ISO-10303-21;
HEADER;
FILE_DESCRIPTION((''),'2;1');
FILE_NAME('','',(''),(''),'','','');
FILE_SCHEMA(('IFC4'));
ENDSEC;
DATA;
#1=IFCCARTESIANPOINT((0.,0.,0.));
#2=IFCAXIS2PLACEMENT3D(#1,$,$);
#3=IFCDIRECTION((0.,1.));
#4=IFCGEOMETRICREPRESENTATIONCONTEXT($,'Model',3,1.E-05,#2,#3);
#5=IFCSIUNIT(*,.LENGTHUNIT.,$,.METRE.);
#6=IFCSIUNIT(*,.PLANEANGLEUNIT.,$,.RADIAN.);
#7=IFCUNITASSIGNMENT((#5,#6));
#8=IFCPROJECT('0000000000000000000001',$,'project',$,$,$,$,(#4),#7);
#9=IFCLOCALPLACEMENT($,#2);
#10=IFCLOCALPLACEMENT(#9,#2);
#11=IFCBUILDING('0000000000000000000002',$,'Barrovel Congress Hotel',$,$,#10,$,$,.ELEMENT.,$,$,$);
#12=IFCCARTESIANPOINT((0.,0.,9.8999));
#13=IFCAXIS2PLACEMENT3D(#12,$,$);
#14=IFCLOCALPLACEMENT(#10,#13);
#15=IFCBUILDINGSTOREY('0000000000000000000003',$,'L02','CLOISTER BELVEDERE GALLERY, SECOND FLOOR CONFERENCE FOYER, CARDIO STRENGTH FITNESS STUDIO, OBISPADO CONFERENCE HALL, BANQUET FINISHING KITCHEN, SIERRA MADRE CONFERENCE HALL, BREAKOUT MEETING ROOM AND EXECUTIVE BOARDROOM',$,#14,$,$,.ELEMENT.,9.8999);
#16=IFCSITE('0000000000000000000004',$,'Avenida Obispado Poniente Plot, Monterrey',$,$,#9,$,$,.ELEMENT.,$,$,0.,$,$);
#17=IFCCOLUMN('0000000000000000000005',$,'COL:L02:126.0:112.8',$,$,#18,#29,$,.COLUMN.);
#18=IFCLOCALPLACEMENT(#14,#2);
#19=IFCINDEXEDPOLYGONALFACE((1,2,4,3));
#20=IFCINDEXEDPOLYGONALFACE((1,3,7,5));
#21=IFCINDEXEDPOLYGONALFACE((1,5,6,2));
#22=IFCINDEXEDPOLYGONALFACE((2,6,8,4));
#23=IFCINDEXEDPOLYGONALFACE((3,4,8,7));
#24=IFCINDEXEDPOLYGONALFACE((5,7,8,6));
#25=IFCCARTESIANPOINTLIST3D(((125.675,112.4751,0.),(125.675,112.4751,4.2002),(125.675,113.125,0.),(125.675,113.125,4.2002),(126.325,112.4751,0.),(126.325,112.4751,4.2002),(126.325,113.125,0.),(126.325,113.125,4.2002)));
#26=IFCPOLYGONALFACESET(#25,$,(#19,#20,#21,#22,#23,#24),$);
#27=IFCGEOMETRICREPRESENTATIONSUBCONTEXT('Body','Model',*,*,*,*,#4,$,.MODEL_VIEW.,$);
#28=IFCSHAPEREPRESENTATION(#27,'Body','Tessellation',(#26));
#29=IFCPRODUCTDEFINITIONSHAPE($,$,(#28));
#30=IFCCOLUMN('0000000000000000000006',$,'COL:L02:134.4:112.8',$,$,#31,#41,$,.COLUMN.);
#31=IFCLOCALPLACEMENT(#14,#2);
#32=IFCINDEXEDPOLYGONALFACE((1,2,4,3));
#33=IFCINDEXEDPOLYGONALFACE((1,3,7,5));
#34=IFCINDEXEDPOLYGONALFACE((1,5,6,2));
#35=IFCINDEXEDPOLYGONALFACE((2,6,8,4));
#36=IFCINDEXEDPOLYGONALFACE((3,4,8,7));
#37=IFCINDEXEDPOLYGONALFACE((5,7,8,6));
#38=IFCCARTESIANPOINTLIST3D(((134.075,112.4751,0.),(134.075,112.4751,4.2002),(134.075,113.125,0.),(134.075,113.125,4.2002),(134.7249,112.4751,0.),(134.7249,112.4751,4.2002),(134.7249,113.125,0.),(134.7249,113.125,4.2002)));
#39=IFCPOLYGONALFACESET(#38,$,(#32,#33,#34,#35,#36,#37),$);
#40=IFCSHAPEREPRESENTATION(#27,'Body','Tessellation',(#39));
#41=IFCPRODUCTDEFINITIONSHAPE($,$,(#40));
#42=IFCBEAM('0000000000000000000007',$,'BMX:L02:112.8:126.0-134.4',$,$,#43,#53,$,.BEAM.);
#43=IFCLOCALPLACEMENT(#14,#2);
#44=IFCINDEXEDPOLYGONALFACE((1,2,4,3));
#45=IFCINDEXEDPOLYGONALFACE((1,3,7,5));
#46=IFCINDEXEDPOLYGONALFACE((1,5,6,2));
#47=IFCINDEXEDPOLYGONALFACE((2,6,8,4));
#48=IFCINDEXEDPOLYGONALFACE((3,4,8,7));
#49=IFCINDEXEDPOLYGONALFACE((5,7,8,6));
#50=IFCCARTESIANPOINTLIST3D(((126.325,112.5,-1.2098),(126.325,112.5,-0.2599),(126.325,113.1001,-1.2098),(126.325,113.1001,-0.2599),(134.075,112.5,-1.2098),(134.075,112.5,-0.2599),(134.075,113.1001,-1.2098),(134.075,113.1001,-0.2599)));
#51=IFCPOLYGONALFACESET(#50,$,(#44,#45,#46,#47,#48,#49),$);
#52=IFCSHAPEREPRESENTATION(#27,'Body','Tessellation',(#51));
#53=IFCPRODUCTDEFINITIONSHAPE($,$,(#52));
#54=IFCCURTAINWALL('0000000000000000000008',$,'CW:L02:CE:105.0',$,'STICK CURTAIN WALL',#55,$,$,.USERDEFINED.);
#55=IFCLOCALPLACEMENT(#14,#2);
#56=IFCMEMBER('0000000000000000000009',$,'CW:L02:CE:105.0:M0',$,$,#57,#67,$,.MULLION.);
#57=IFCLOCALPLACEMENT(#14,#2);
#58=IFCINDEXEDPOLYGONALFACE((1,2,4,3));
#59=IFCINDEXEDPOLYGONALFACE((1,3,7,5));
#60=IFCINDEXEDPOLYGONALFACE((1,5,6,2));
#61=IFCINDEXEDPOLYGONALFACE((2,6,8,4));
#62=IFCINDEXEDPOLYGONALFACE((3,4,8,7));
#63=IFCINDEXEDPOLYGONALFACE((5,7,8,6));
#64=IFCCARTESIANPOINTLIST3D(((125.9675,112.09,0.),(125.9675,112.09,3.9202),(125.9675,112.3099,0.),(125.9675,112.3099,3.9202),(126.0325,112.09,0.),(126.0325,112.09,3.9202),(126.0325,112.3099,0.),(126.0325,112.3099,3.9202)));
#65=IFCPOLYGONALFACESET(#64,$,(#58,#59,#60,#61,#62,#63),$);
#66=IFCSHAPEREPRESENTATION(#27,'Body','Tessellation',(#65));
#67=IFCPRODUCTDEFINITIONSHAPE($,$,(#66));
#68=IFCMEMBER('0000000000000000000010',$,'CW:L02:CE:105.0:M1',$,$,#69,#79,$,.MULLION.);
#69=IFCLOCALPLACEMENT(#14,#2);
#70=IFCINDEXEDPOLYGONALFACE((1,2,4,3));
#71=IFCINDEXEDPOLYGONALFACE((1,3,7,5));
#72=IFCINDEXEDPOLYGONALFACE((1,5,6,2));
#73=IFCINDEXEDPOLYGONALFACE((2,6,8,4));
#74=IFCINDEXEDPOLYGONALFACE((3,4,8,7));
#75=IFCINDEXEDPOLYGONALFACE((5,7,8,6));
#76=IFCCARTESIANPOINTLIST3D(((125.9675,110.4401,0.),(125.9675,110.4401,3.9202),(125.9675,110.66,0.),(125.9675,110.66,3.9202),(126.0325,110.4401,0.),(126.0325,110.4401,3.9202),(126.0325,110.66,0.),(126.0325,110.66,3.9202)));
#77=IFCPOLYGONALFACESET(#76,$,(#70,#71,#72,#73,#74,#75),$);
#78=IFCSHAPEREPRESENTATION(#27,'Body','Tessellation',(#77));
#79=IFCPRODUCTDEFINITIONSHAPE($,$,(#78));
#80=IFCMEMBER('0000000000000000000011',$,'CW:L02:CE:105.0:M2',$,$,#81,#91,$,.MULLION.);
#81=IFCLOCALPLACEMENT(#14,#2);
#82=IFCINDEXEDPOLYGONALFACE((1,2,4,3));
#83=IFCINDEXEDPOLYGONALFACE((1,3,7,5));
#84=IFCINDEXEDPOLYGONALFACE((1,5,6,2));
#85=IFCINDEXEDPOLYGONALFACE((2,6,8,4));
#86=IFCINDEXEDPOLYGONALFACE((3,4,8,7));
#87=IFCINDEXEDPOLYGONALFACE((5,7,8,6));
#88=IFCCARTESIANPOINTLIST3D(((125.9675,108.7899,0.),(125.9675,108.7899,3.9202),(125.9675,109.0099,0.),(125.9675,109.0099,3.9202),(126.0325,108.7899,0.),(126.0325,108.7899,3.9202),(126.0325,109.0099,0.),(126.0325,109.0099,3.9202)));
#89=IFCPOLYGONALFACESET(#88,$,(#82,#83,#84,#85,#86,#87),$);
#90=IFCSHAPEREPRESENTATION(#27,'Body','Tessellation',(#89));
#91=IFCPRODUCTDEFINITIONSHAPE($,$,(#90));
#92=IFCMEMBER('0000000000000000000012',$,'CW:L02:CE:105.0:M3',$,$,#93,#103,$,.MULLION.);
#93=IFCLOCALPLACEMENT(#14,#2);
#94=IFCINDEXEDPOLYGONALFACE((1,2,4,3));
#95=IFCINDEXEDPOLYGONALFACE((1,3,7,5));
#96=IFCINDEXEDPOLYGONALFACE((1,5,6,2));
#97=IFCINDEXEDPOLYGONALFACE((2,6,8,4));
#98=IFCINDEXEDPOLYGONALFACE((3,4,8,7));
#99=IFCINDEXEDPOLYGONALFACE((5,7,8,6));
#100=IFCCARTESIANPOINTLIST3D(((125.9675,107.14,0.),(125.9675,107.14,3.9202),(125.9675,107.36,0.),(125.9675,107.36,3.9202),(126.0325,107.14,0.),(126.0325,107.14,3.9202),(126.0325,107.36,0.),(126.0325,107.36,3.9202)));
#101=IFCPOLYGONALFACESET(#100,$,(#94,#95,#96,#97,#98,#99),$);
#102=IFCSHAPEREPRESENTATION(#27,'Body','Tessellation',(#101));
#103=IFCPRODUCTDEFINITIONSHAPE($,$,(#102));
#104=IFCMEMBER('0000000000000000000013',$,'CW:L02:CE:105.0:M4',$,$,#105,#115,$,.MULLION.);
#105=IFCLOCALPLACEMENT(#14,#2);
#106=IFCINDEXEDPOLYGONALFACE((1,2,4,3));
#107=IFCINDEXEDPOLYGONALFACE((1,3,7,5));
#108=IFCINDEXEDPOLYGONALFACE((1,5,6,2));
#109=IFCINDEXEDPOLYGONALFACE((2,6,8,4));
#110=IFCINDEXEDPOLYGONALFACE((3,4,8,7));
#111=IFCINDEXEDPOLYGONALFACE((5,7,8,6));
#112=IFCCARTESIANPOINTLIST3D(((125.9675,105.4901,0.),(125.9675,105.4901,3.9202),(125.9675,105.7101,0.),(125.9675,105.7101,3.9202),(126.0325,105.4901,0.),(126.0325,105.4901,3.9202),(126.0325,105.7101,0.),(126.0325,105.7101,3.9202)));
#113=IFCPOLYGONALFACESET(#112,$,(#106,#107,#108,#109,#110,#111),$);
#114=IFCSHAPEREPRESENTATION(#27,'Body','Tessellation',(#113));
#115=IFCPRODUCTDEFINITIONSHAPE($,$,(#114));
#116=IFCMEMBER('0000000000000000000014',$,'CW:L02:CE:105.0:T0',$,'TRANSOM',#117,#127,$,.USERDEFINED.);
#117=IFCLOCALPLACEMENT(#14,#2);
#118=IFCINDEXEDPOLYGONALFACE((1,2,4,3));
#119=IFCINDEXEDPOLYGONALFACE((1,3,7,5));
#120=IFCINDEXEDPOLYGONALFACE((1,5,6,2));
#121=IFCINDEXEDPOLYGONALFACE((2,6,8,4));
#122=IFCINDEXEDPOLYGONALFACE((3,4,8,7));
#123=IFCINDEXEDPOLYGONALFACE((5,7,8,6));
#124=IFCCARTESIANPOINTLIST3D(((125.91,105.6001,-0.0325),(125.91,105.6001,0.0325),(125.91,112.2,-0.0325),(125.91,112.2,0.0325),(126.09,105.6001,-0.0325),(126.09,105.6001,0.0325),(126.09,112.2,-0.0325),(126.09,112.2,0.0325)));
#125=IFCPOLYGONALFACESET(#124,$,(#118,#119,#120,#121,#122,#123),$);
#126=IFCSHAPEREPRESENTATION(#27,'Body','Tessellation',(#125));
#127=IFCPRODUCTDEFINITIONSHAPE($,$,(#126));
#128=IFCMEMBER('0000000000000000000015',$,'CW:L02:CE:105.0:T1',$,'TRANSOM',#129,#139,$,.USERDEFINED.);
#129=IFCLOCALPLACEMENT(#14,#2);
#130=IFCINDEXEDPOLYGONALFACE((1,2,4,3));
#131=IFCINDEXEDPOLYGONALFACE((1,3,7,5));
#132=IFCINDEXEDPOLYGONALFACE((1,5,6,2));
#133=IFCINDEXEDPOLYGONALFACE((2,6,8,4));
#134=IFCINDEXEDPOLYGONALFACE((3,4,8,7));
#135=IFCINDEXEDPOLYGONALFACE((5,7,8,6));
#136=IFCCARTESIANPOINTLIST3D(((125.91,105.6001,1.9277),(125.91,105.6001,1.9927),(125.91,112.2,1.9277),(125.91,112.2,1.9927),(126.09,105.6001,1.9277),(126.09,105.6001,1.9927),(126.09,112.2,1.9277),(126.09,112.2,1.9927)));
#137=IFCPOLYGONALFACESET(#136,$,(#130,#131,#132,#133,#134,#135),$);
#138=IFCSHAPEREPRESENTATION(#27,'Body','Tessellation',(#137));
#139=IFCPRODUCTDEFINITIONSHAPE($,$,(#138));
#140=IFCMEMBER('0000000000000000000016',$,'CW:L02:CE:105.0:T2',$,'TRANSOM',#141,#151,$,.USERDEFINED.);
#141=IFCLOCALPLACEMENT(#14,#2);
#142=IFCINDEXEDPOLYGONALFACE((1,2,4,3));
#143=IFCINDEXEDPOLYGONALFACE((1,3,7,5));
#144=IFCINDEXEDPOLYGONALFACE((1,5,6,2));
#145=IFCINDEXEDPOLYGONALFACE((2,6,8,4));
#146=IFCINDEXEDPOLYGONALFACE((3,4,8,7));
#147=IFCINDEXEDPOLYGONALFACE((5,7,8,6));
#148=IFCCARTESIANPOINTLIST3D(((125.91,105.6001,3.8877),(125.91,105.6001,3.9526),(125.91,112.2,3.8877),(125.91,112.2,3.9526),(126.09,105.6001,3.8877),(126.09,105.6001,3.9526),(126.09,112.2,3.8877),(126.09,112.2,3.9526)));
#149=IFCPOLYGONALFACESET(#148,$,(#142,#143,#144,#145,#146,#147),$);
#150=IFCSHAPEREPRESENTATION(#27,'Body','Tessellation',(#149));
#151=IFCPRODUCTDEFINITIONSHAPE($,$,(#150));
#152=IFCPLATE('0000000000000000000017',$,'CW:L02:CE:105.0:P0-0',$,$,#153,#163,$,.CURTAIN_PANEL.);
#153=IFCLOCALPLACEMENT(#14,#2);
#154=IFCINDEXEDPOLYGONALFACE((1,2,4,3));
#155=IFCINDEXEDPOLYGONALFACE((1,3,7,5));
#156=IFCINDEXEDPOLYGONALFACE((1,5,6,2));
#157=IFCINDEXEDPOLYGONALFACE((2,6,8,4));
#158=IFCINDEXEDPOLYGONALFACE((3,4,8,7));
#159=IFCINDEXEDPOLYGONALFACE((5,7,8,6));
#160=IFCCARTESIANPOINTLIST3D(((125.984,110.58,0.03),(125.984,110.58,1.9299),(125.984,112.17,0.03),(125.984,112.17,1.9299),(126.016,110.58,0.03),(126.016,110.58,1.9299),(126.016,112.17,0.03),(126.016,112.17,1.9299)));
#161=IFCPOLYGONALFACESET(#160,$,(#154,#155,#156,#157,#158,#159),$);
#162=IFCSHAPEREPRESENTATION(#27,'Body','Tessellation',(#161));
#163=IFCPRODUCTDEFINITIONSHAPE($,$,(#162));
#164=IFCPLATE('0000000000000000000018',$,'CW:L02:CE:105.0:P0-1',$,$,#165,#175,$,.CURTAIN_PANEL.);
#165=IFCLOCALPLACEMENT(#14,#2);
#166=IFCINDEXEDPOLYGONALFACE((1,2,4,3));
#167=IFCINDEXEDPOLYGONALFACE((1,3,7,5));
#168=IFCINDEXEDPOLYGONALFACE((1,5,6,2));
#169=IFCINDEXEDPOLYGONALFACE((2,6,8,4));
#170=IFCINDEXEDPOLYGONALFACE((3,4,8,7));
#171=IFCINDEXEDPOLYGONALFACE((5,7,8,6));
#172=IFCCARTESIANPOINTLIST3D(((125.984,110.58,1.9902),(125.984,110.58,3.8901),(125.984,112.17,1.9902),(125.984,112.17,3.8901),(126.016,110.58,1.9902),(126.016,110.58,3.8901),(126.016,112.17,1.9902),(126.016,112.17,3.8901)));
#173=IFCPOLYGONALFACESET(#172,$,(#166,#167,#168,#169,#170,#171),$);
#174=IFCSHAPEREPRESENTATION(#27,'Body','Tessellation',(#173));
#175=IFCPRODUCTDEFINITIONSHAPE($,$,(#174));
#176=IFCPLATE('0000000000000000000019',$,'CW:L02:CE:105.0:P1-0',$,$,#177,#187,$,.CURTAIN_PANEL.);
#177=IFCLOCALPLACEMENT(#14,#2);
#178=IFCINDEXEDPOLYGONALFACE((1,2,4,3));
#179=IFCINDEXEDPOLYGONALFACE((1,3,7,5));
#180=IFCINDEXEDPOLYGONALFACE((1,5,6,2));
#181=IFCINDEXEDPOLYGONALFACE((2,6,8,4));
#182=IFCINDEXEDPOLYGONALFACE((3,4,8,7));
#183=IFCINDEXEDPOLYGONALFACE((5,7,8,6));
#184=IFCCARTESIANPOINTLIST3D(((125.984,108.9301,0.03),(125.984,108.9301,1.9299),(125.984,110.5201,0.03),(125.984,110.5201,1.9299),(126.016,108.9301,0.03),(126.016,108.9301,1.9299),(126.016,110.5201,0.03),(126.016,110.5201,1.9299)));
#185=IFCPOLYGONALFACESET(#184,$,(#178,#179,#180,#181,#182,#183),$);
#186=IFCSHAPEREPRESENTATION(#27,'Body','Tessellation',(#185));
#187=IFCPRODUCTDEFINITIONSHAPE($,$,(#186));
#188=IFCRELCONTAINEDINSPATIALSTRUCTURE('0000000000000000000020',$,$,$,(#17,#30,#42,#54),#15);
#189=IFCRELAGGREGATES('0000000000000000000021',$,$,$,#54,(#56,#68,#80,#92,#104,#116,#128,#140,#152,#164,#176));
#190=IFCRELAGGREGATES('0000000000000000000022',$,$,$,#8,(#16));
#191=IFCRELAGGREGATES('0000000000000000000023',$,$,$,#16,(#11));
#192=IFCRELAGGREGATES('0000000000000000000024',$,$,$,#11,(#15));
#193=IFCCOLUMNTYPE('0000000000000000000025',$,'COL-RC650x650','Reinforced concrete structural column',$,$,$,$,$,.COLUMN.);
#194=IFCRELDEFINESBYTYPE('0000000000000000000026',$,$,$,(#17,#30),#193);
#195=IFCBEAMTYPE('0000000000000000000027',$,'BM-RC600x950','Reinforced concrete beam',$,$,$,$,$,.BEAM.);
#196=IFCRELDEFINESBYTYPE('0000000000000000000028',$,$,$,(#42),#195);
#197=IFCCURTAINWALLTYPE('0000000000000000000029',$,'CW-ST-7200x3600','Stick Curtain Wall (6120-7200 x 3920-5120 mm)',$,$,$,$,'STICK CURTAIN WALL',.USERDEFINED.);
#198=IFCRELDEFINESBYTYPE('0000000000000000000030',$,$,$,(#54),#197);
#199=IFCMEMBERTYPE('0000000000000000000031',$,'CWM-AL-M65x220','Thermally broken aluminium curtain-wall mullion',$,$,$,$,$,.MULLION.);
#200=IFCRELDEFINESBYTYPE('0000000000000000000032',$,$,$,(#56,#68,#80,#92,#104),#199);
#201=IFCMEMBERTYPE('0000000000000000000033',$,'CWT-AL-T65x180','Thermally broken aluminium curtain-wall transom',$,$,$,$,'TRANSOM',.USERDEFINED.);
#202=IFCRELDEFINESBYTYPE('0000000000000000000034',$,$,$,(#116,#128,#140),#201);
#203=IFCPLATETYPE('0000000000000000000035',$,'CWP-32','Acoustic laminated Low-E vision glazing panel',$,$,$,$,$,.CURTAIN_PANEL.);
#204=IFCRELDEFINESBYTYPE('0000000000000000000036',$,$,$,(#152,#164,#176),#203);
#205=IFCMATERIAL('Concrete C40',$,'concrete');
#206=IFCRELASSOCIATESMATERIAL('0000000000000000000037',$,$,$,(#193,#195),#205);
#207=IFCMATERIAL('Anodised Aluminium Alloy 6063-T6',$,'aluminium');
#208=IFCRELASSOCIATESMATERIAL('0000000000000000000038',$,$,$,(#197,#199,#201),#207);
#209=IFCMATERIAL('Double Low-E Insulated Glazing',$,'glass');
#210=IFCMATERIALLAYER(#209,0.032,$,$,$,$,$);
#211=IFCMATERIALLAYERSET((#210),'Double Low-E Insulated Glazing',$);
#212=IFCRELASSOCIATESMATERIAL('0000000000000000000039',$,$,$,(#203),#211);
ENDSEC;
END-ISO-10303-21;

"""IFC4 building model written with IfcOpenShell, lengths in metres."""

from ifc_helpers import new_model, si_unit, direction, frame, origin, origin_2d, place, context, subcontext, project, spatial, rectangle, extrude, material, layer, layer_set, material_profile, profile_set, type_object, element, aggregate, save


model = new_model("IFC4")

# Units and contexts
model_context = context("Model", 3, precision=1e-05, world=origin(), true_north=direction((0.0, 1.0)))
body_context = subcontext(model_context, "Body", "Model", "MODEL_VIEW")
ifc_project = project(units=[si_unit("LENGTHUNIT", "METRE"), si_unit("PLANEANGLEUNIT", "RADIAN")], contexts=[model_context])

# Site, building, storey
site_placement = place(None, origin())
site = spatial("IfcSite", under=ifc_project, at=site_placement, Name="Avenida Obispado Poniente Plot, Monterrey", CompositionType="ELEMENT", RefElevation=0.0)
building_placement = place(site_placement, origin())
building = spatial("IfcBuilding", under=site, at=building_placement, Name="Barrovel Congress Hotel", CompositionType="ELEMENT")
storey_placement = place(building_placement, frame((0.0, 0.0, 9.8999)))
storey = spatial("IfcBuildingStorey", under=building, at=storey_placement, Name="L02", Description="CLOISTER BELVEDERE GALLERY, SECOND FLOOR CONFERENCE FOYER, CARDIO STRENGTH FITNESS STUDIO, OBISPADO CONFERENCE HALL, BANQUET FINISHING KITCHEN, SIERRA MADRE CONFERENCE HALL, BREAKOUT MEETING ROOM AND EXECUTIVE BOARDROOM", CompositionType="ELEMENT", Elevation=9.8999)

# Columns
ifc_material_1 = material(Name="Concrete C40", Category="concrete")
ifc_material_profile_1 = material_profile(ifc_material_1, rectangle(XDim=0.6499, YDim=0.6499, at=origin_2d()), Name="RC650x650")
ifc_profile_set_1 = profile_set([ifc_material_profile_1], Name="Concrete C40")
column_type = type_object("IfcColumnType", Name="COL-RC650x650", Description="Reinforced concrete structural column", PredefinedType="COLUMN", material=ifc_profile_set_1)
for number, where, z_axis, x_axis, name in (
    (1, (126.0, 112.8, 0.0), (0.0, 0.0, 1.0), (1.0, 0.0, 0.0), "COL:L02:126.0:112.8"),
    (2, (134.3999, 112.8, 0.0), (0.0, 0.0, 1.0), (1.0, 0.0, 0.0), "COL:L02:134.4:112.8"),
):
    element("IfcColumn", number, at=place(storey_placement, frame(where, z_axis=z_axis, x_axis=x_axis)), inside=storey, type_object=column_type, Name=name, PredefinedType="COLUMN", context=body_context, shape_type="SweptSolid", body=[
        extrude(rectangle(XDim=0.6499, YDim=0.6499, at=origin_2d()), origin(), (0.0, 0.0, 1.0), 4.2002),
    ])

# Beam
ifc_material_profile_2 = material_profile(ifc_material_1, rectangle(XDim=0.6001, YDim=0.95, at=origin_2d()), Name="RC600x950")
ifc_profile_set_2 = profile_set([ifc_material_profile_2], Name="Concrete C40")
beam_type = type_object("IfcBeamType", Name="BM-RC600x950", Description="Reinforced concrete beam", PredefinedType="BEAM", material=ifc_profile_set_2)
beam_placement = place(storey_placement, frame((126.325, 112.8, -0.7349), z_axis=(1.0, 0.0, 0.0), x_axis=(0.0, 1.0, 0.0)))
element("IfcBeam", 3, at=beam_placement, inside=storey, type_object=beam_type, Name="BMX:L02:112.8:126.0-134.4", PredefinedType="BEAM", context=body_context, shape_type="SweptSolid", body=[
    extrude(rectangle(XDim=0.6001, YDim=0.95, at=origin_2d()), origin(), (0.0, 0.0, 1.0), 7.75),
])

# Curtain wall, members, plates
ifc_material_2 = material(Name="Anodised Aluminium Alloy 6063-T6", Category="aluminium")
curtain_wall_type = type_object("IfcCurtainWallType", Name="CW-ST-7200x3600", Description="Stick Curtain Wall (6120-7200 x 3920-5120 mm)", ElementType="STICK CURTAIN WALL", PredefinedType="USERDEFINED", material=ifc_material_2)
curtain_wall_placement = place(storey_placement, origin())
curtain_wall = element("IfcCurtainWall", 4, at=curtain_wall_placement, inside=storey, type_object=curtain_wall_type, Name="CW:L02:CE:105.0", ObjectType="STICK CURTAIN WALL", PredefinedType="USERDEFINED")
ifc_material_profile_3 = material_profile(ifc_material_2, rectangle(XDim=0.0649, YDim=0.22, at=origin_2d()), Name="AL-M65x220")
ifc_profile_set_3 = profile_set([ifc_material_profile_3], Name="Anodised Aluminium Alloy 6063-T6")
member_type_1 = type_object("IfcMemberType", Name="CWM-AL-M65x220", Description="Thermally broken aluminium curtain-wall mullion", PredefinedType="MULLION", material=ifc_profile_set_3)
member_1_placement = place(storey_placement, frame((126.0, 112.2, 0.0), z_axis=(0.0, 0.0, 1.0), x_axis=(1.0, 0.0, 0.0)))
member_1 = element("IfcMember", 5, at=member_1_placement, type_object=member_type_1, Name="CW:L02:CE:105.0:M0", PredefinedType="MULLION", context=body_context, shape_type="SweptSolid", body=[
    extrude(rectangle(XDim=0.0649, YDim=0.22, at=origin_2d()), origin(), (0.0, 0.0, 1.0), 3.9202),
])
member_2_placement = place(storey_placement, frame((126.0, 110.55, 0.0), z_axis=(0.0, 0.0, 1.0), x_axis=(1.0, 0.0, 0.0)))
member_2 = element("IfcMember", 6, at=member_2_placement, type_object=member_type_1, Name="CW:L02:CE:105.0:M1", PredefinedType="MULLION", context=body_context, shape_type="SweptSolid", body=[
    extrude(rectangle(XDim=0.0649, YDim=0.22, at=origin_2d()), origin(), (0.0, 0.0, 1.0), 3.9202),
])
member_3_placement = place(storey_placement, frame((126.0, 108.8999, 0.0), z_axis=(0.0, 0.0, 1.0), x_axis=(1.0, 0.0, 0.0)))
member_3 = element("IfcMember", 7, at=member_3_placement, type_object=member_type_1, Name="CW:L02:CE:105.0:M2", PredefinedType="MULLION", context=body_context, shape_type="SweptSolid", body=[
    extrude(rectangle(XDim=0.0649, YDim=0.22, at=origin_2d()), origin(), (0.0, 0.0, 1.0), 3.9202),
])
member_4_placement = place(storey_placement, frame((126.0, 107.25, 0.0), z_axis=(0.0, 0.0, 1.0), x_axis=(1.0, 0.0, 0.0)))
member_4 = element("IfcMember", 8, at=member_4_placement, type_object=member_type_1, Name="CW:L02:CE:105.0:M3", PredefinedType="MULLION", context=body_context, shape_type="SweptSolid", body=[
    extrude(rectangle(XDim=0.0649, YDim=0.22, at=origin_2d()), origin(), (0.0, 0.0, 1.0), 3.9202),
])
member_5_placement = place(storey_placement, frame((126.0, 105.6001, 0.0), z_axis=(0.0, 0.0, 1.0), x_axis=(1.0, 0.0, 0.0)))
member_5 = element("IfcMember", 9, at=member_5_placement, type_object=member_type_1, Name="CW:L02:CE:105.0:M4", PredefinedType="MULLION", context=body_context, shape_type="SweptSolid", body=[
    extrude(rectangle(XDim=0.0649, YDim=0.22, at=origin_2d()), origin(), (0.0, 0.0, 1.0), 3.9202),
])
ifc_material_profile_4 = material_profile(ifc_material_2, rectangle(XDim=0.1799, YDim=0.0649, at=origin_2d()), Name="AL-T65x180")
ifc_profile_set_4 = profile_set([ifc_material_profile_4], Name="Anodised Aluminium Alloy 6063-T6")
member_type_2 = type_object("IfcMemberType", Name="CWT-AL-T65x180", Description="Thermally broken aluminium curtain-wall transom", ElementType="TRANSOM", PredefinedType="USERDEFINED", material=ifc_profile_set_4)
member_6_placement = place(storey_placement, frame((126.0, 112.2, 0.0), z_axis=(0.0, -1.0, 0.0), x_axis=(1.0, 0.0, 0.0)))
member_6 = element("IfcMember", 10, at=member_6_placement, type_object=member_type_2, Name="CW:L02:CE:105.0:T0", ObjectType="TRANSOM", PredefinedType="USERDEFINED", context=body_context, shape_type="SweptSolid", body=[
    extrude(rectangle(XDim=0.1799, YDim=0.0649, at=origin_2d()), origin(), (0.0, 0.0, 1.0), 6.5999),
])
member_7_placement = place(storey_placement, frame((126.0, 112.2, 1.9602), z_axis=(0.0, -1.0, 0.0), x_axis=(1.0, 0.0, 0.0)))
member_7 = element("IfcMember", 11, at=member_7_placement, type_object=member_type_2, Name="CW:L02:CE:105.0:T1", ObjectType="TRANSOM", PredefinedType="USERDEFINED", context=body_context, shape_type="SweptSolid", body=[
    extrude(rectangle(XDim=0.1799, YDim=0.0649, at=origin_2d()), origin(), (0.0, 0.0, 1.0), 6.5999),
])
member_8_placement = place(storey_placement, frame((126.0, 112.2, 3.9202), z_axis=(0.0, -1.0, 0.0), x_axis=(1.0, 0.0, 0.0)))
member_8 = element("IfcMember", 12, at=member_8_placement, type_object=member_type_2, Name="CW:L02:CE:105.0:T2", ObjectType="TRANSOM", PredefinedType="USERDEFINED", context=body_context, shape_type="SweptSolid", body=[
    extrude(rectangle(XDim=0.1799, YDim=0.0649, at=origin_2d()), origin(), (0.0, 0.0, 1.0), 6.5999),
])
ifc_material_3 = material(Name="Double Low-E Insulated Glazing", Category="glass")
ifc_layer_1 = layer(ifc_material_3, 0.032)
ifc_layer_set_1 = layer_set([ifc_layer_1], Name="Double Low-E Insulated Glazing")
plate_type = type_object("IfcPlateType", Name="CWP-32", Description="Acoustic laminated Low-E vision glazing panel", PredefinedType="CURTAIN_PANEL", material=ifc_layer_set_1)
plate_1_placement = place(storey_placement, frame((126.0, 111.375, 0.03), z_axis=(0.0, 0.0, 1.0), x_axis=(0.0, -1.0, 0.0)))
plate_1 = element("IfcPlate", 13, at=plate_1_placement, type_object=plate_type, Name="CW:L02:CE:105.0:P0-0", PredefinedType="CURTAIN_PANEL", context=body_context, shape_type="SweptSolid", body=[
    extrude(rectangle(XDim=1.5901, YDim=0.032, at=origin_2d()), origin(), (0.0, 0.0, 1.0), 1.8999),
])
plate_2_placement = place(storey_placement, frame((126.0, 111.375, 1.9902), z_axis=(0.0, 0.0, 1.0), x_axis=(0.0, -1.0, 0.0)))
plate_2 = element("IfcPlate", 14, at=plate_2_placement, type_object=plate_type, Name="CW:L02:CE:105.0:P0-1", PredefinedType="CURTAIN_PANEL", context=body_context, shape_type="SweptSolid", body=[
    extrude(rectangle(XDim=1.5901, YDim=0.032, at=origin_2d()), origin(), (0.0, 0.0, 1.0), 1.8999),
])
plate_3_placement = place(storey_placement, frame((126.0, 109.7251, 0.03), z_axis=(0.0, 0.0, 1.0), x_axis=(0.0, -1.0, 0.0)))
plate_3 = element("IfcPlate", 15, at=plate_3_placement, type_object=plate_type, Name="CW:L02:CE:105.0:P1-0", PredefinedType="CURTAIN_PANEL", context=body_context, shape_type="SweptSolid", body=[
    extrude(rectangle(XDim=1.5901, YDim=0.032, at=origin_2d()), origin(), (0.0, 0.0, 1.0), 1.8999),
])
aggregate(curtain_wall, [member_1, member_2, member_3, member_4, member_5, member_6, member_7, member_8, plate_1, plate_2, plate_3])

save(model, "model.ifc")
